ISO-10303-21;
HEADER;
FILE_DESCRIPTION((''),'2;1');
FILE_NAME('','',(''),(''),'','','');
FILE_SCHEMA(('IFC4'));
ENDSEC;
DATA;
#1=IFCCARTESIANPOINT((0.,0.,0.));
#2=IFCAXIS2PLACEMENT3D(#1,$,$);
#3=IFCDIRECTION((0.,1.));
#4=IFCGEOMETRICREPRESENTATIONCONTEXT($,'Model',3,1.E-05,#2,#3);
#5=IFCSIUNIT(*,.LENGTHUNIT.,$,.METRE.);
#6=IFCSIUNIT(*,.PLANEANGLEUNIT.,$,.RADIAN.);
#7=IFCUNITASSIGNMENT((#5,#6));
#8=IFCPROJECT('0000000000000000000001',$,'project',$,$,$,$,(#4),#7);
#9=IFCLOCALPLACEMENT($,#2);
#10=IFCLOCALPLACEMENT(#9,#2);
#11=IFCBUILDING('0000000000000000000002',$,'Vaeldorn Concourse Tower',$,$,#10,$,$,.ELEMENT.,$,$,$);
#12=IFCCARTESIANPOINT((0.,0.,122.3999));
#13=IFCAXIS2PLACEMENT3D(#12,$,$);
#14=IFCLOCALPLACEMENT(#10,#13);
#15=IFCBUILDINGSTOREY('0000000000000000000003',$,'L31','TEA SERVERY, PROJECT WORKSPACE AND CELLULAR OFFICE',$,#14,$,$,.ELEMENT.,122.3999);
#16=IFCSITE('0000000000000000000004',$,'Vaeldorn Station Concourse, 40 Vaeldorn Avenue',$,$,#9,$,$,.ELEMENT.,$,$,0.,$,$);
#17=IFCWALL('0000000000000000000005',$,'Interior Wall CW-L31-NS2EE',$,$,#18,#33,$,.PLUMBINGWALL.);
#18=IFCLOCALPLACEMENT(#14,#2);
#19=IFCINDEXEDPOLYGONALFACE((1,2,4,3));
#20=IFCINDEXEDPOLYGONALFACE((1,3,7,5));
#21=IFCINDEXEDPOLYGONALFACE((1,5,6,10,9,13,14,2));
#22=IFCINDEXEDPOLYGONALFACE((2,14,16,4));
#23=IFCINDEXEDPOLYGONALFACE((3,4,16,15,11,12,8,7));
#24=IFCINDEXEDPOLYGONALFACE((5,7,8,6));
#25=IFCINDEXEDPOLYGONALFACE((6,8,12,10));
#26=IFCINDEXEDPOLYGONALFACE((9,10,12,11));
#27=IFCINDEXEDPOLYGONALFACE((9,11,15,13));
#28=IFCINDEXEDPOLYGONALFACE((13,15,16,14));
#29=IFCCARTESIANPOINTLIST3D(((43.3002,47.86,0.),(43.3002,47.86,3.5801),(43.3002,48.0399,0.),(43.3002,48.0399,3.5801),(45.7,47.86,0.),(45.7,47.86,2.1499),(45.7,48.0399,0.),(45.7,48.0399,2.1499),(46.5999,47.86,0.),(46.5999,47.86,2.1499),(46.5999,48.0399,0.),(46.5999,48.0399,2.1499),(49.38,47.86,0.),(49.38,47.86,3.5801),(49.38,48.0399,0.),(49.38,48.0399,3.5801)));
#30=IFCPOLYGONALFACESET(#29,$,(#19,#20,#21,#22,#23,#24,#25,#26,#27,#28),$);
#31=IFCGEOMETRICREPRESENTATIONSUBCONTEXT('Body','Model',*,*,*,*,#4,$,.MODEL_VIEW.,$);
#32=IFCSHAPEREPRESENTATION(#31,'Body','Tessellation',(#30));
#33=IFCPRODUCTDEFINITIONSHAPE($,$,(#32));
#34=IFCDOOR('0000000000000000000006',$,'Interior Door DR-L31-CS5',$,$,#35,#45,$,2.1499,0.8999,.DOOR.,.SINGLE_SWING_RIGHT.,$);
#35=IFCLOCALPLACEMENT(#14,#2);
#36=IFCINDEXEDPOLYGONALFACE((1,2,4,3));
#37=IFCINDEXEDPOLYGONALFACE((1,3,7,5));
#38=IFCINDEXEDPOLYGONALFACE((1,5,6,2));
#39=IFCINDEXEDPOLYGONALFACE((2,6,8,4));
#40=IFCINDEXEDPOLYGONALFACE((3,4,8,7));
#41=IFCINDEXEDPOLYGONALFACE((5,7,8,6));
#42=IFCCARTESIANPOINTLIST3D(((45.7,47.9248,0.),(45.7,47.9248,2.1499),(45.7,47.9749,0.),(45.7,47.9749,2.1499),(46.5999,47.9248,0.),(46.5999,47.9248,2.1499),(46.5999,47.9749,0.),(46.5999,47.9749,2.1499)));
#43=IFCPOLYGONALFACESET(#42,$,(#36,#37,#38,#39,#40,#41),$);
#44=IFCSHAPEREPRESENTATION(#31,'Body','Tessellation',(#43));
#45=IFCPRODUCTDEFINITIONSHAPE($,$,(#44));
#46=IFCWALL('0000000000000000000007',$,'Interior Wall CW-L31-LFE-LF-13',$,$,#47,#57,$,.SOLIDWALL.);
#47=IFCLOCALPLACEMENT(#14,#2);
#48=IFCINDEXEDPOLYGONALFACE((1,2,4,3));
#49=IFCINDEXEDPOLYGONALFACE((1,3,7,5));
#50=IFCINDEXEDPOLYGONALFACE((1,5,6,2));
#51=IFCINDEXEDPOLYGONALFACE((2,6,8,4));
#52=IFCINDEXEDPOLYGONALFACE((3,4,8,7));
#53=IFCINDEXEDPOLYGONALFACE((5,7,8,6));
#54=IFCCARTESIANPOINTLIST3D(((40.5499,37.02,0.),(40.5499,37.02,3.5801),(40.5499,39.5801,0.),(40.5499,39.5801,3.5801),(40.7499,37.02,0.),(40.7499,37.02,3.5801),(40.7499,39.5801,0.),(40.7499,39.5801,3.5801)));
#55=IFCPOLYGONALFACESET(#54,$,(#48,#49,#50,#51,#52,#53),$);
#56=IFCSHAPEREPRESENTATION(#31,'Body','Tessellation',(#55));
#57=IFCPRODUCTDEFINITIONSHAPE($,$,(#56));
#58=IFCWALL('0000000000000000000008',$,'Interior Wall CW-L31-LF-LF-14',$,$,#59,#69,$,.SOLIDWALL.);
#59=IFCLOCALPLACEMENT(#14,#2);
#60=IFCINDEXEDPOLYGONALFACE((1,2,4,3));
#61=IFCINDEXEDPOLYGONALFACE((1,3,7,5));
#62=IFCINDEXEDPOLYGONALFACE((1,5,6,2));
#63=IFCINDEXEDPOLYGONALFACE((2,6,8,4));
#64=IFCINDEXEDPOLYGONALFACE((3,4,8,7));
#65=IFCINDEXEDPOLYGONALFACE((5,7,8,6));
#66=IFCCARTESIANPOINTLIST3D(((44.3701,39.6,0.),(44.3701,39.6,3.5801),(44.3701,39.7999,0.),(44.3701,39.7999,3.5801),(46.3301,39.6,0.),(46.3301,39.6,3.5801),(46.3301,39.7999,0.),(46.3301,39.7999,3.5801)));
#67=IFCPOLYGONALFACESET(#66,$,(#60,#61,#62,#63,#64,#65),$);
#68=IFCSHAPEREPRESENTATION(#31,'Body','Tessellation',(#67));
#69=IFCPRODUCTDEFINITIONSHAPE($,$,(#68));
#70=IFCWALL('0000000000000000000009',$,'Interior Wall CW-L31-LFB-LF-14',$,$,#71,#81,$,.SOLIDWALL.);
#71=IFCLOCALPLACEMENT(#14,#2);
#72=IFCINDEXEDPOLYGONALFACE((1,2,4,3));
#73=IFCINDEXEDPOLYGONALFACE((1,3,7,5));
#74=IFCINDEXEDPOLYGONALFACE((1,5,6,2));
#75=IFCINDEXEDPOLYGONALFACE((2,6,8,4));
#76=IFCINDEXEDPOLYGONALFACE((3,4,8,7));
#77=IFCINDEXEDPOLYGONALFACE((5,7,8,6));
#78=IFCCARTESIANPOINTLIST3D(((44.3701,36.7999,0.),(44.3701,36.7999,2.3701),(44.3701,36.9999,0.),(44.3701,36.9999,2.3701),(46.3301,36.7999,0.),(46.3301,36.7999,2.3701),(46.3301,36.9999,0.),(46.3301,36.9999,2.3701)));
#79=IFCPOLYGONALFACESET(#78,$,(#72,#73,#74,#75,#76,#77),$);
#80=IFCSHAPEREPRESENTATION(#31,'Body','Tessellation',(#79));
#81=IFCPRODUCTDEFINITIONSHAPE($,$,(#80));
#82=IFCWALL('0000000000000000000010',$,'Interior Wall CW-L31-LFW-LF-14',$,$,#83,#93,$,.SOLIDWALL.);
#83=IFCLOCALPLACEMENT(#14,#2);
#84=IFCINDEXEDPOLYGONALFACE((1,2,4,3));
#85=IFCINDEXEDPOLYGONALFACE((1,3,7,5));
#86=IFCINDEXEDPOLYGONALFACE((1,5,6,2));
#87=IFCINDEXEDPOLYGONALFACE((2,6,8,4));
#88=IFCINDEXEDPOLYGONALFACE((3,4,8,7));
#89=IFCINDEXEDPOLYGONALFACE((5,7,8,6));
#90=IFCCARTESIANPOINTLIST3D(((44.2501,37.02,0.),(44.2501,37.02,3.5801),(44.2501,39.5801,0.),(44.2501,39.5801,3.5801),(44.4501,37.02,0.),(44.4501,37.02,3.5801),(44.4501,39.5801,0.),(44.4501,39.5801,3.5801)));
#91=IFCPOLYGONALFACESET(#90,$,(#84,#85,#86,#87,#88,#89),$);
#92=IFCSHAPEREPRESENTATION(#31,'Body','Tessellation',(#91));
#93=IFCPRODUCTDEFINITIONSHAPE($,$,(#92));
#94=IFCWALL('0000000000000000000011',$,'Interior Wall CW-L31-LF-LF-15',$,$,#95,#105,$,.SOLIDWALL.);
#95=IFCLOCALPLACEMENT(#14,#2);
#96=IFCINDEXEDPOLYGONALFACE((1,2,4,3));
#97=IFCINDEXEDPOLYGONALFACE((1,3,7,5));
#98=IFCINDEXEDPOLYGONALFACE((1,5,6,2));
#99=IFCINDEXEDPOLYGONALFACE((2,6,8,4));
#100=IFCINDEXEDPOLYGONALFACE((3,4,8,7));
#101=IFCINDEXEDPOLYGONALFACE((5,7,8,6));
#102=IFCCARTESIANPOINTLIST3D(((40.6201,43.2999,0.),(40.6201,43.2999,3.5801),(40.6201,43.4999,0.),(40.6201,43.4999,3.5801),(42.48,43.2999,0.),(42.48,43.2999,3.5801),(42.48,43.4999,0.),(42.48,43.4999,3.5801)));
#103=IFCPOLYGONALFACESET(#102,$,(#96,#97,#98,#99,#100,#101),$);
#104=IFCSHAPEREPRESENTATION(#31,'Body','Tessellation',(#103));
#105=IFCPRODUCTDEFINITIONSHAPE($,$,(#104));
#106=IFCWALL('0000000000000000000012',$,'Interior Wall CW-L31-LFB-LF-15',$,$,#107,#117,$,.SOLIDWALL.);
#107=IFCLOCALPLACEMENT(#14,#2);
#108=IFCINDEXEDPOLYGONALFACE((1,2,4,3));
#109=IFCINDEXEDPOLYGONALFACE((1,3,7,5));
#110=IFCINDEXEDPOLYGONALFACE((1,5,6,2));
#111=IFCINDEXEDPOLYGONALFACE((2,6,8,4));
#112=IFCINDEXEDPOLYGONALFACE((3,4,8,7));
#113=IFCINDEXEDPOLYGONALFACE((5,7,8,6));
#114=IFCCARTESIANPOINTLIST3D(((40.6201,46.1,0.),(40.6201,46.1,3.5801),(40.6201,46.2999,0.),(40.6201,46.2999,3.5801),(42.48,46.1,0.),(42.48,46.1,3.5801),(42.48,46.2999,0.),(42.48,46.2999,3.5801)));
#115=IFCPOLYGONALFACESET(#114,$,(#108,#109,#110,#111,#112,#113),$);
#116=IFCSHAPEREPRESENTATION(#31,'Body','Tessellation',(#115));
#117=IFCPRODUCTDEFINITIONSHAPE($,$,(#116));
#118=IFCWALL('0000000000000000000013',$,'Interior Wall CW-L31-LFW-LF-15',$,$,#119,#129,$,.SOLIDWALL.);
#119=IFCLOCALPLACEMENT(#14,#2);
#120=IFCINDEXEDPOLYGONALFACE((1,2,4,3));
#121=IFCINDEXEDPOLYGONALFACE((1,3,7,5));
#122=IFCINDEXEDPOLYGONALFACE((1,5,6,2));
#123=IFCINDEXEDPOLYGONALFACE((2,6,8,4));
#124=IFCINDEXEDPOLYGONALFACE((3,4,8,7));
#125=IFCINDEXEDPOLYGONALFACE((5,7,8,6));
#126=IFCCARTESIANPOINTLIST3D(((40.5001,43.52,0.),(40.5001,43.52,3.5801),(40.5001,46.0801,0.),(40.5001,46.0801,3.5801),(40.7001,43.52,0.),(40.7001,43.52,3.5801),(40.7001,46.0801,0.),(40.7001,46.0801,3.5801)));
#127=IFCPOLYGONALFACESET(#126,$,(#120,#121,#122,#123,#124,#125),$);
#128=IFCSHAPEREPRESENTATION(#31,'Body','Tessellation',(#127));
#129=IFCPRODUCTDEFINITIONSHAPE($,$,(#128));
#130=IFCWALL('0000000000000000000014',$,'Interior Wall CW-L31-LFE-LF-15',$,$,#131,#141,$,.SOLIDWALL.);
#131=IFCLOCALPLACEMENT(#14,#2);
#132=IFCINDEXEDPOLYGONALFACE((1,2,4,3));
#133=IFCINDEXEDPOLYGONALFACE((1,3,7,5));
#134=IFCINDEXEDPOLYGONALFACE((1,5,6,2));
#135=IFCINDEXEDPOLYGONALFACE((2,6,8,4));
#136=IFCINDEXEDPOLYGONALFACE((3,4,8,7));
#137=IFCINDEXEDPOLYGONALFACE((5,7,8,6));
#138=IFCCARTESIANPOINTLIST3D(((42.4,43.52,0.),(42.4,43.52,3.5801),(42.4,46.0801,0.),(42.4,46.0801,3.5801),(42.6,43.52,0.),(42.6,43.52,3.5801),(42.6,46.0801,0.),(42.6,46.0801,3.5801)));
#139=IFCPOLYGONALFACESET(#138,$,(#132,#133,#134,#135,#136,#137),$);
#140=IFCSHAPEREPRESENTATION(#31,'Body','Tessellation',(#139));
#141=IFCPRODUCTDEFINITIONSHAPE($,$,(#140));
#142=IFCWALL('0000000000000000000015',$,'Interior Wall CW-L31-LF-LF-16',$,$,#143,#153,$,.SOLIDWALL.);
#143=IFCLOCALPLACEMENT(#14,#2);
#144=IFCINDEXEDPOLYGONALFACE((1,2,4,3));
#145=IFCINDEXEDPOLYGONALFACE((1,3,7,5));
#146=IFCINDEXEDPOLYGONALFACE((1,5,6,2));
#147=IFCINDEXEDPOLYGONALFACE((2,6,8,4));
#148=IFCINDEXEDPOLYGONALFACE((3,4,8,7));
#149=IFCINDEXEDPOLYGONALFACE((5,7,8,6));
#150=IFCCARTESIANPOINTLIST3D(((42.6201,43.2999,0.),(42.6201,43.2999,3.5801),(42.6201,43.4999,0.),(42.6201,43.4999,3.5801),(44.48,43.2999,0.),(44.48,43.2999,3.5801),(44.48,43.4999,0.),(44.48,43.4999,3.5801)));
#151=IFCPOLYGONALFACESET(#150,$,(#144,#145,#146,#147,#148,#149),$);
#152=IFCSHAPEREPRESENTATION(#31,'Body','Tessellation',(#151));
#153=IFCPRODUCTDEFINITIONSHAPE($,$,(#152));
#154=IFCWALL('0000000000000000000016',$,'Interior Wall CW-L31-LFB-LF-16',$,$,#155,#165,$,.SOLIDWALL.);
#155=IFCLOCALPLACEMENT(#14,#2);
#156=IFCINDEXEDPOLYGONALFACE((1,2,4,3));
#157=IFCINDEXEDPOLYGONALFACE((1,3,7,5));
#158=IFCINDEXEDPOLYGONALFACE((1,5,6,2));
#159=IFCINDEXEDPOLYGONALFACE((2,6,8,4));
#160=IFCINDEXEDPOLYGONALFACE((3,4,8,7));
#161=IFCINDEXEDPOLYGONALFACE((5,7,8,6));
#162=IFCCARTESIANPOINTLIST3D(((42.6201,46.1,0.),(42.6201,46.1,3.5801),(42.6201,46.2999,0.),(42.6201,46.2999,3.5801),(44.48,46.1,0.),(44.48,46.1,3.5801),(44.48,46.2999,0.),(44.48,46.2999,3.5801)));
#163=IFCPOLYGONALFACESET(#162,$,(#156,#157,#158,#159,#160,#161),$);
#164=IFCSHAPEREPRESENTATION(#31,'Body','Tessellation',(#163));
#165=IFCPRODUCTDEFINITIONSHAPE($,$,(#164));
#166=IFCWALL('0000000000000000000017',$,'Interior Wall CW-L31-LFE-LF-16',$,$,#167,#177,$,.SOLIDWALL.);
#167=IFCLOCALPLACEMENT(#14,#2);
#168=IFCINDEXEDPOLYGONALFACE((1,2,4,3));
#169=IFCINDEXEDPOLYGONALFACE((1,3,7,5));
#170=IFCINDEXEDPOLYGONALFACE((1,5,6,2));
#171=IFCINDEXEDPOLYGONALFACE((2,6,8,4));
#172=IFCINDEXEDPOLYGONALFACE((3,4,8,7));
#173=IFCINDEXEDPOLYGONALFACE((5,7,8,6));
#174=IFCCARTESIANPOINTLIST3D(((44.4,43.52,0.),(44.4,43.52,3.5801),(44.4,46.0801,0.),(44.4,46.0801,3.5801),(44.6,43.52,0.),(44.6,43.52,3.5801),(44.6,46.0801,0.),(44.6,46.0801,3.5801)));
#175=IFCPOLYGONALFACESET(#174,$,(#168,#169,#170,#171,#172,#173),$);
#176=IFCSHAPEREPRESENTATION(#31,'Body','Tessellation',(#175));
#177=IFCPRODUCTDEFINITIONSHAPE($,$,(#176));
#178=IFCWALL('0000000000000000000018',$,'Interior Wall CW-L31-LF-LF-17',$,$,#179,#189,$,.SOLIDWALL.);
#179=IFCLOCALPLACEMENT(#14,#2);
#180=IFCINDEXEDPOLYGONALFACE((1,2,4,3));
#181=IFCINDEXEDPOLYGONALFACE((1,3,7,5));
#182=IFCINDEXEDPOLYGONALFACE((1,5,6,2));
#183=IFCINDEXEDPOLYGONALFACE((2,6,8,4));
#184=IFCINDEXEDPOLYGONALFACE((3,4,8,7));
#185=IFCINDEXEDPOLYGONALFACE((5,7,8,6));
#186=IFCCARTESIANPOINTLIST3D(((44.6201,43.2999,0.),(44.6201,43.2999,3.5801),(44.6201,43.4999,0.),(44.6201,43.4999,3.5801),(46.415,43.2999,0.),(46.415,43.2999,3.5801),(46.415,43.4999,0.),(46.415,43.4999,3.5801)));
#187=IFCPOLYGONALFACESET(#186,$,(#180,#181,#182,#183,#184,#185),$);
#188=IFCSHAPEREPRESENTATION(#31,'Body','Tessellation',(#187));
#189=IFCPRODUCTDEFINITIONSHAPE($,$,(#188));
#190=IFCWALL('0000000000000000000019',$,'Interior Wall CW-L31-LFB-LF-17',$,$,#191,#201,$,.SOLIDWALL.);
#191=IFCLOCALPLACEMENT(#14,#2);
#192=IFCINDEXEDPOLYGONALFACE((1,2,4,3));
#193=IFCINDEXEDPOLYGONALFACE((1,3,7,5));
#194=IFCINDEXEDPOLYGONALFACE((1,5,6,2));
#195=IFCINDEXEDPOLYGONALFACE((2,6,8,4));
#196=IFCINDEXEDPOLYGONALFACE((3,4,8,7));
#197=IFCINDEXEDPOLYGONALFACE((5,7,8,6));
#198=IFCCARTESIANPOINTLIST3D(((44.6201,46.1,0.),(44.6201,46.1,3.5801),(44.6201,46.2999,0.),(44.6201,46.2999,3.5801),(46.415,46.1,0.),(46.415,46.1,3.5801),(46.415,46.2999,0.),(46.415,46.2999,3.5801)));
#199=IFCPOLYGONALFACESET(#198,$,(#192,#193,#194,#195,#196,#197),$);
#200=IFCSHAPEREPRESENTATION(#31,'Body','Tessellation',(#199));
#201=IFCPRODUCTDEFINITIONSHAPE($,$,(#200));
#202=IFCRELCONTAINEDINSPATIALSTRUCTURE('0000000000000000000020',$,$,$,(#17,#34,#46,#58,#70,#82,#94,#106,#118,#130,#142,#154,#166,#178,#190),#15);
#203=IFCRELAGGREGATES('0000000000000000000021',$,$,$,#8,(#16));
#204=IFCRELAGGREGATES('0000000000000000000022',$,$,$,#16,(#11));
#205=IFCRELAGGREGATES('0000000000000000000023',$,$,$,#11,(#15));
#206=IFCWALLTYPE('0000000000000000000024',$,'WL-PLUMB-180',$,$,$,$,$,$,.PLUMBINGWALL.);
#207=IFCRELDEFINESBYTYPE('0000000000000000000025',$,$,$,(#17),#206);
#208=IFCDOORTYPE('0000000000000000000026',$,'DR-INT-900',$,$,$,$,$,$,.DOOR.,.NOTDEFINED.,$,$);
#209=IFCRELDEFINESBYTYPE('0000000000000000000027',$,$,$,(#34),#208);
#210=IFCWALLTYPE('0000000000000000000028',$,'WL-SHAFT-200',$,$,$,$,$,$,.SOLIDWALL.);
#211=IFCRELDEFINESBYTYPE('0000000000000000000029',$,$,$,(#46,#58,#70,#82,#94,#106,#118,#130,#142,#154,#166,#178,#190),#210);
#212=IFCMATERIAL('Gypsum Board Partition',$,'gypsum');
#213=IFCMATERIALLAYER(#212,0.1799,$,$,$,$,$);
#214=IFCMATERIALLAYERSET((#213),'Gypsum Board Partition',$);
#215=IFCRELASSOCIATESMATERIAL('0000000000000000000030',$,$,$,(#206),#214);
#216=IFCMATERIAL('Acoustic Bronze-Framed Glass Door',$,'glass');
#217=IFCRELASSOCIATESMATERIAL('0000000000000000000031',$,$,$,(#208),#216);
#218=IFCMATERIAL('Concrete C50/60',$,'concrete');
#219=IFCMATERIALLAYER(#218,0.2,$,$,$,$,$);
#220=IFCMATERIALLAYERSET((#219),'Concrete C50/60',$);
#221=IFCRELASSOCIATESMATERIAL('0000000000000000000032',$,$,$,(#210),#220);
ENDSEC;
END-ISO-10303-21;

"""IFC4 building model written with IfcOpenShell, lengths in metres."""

from ifc_helpers import new_model, si_unit, direction, frame, frame_2d, origin, place, context, subcontext, project, spatial, rectangle, extrude, source, transform, mapped, material, layer, layer_set, type_object, element, fill, save


model = new_model("IFC4")

# Units and contexts
model_context = context("Model", 3, precision=1e-05, world=origin(), true_north=direction((0.0, 1.0)))
body_context = subcontext(model_context, "Body", "Model", "MODEL_VIEW")
ifc_project = project(units=[si_unit("LENGTHUNIT", "METRE"), si_unit("PLANEANGLEUNIT", "RADIAN")], contexts=[model_context])

# Site, building, storey
site_placement = place(None, origin())
site = spatial("IfcSite", under=ifc_project, at=site_placement, Name="Vaeldorn Station Concourse, 40 Vaeldorn Avenue", CompositionType="ELEMENT", RefElevation=0.0)
building_placement = place(site_placement, origin())
building = spatial("IfcBuilding", under=site, at=building_placement, Name="Vaeldorn Concourse Tower", CompositionType="ELEMENT")
storey_placement = place(building_placement, frame((0.0, 0.0, 122.3999)))
storey = spatial("IfcBuildingStorey", under=building, at=storey_placement, Name="L31", Description="TEA SERVERY, PROJECT WORKSPACE AND CELLULAR OFFICE", CompositionType="ELEMENT", Elevation=122.3999)

# Shared definitions
ifc_material_1 = material(Name="Gypsum Board Partition", Category="gypsum")

# Shared definitions
ifc_layer_1 = layer(ifc_material_1, 0.1799)
ifc_layer_set_1 = layer_set([ifc_layer_1], Name="Gypsum Board Partition")
wall_type_1 = type_object("IfcWallType", Name="WL-PLUMB-180", PredefinedType="PLUMBINGWALL", material=ifc_layer_set_1)

# Wall, opening, door
wall_1_placement = place(storey_placement, frame((43.3, 47.95, 0.0), z_axis=(0.0, 0.0, 1.0), x_axis=(1.0, 0.0, 0.0)))
wall_1 = element("IfcWall", 1, at=wall_1_placement, inside=storey, type_object=wall_type_1, Name="Interior Wall CW-L31-NS2EE", PredefinedType="PLUMBINGWALL", context=body_context, shape_type="SweptSolid", body=[
    extrude(rectangle(XDim=6.0798, YDim=0.1799, at=frame_2d((3.04, 0.0))), origin(), (0.0, 0.0, 1.0), 3.5801),
])
opening_1_placement = place(wall_1_placement, frame((2.3999, 0.0, 0.0)))
opening_1 = element("IfcOpeningElement", 2, at=opening_1_placement, cuts=wall_1, PredefinedType="OPENING", context=body_context, shape_type="SweptSolid", body=[
    extrude(rectangle(XDim=0.8999, YDim=2.1499, at=frame_2d((0.45, 1.075))), frame((0.0, 0.1001, 0.0), z_axis=(0.0, -1.0, 0.0), x_axis=(1.0, 0.0, 0.0)), (0.0, 0.0, 1.0), 0.2),
])
ifc_material_2 = material(Name="Acoustic Bronze-Framed Glass Door", Category="glass")
door_type_1 = type_object("IfcDoorType", Name="DR-INT-900", OperationType="NOTDEFINED", PredefinedType="DOOR", material=ifc_material_2)
shared_shape_1 = source(origin(), body_context, "Body", "SweptSolid", [
    extrude(rectangle(XDim=0.8999, YDim=2.1499, at=frame_2d((0.45, 1.075))), frame((0.0, 0.0249, 0.0), z_axis=(0.0, -1.0, 0.0), x_axis=(1.0, 0.0, 0.0)), (0.0, 0.0, 1.0), 0.05),
])
door_1_placement = place(opening_1_placement, origin())
door_1 = element("IfcDoor", 3, at=door_1_placement, inside=storey, type_object=door_type_1, Name="Interior Door DR-L31-CS5", OperationType="SINGLE_SWING_RIGHT", OverallHeight=2.1499, OverallWidth=0.8999, PredefinedType="DOOR", context=body_context, shape_type="MappedRepresentation", body=[
    mapped(shared_shape_1, transform((0.0, 0.0, 0.0), scale=1.0)),
])
fill(opening_1, door_1)
ifc_material_3 = material(Name="Concrete C50/60", Category="concrete")
ifc_layer_2 = layer(ifc_material_3, 0.2)
ifc_layer_set_2 = layer_set([ifc_layer_2], Name="Concrete C50/60")
wall_type_2 = type_object("IfcWallType", Name="WL-SHAFT-200", PredefinedType="SOLIDWALL", material=ifc_layer_set_2)

# Walls
wall_2_placement = place(storey_placement, frame((40.6499, 37.02, 0.0), z_axis=(0.0, 0.0, 1.0), x_axis=(0.0, 1.0, 0.0)))
element("IfcWall", 4, at=wall_2_placement, inside=storey, type_object=wall_type_2, Name="Interior Wall CW-L31-LFE-LF-13", PredefinedType="SOLIDWALL", context=body_context, shape_type="SweptSolid", body=[
    extrude(rectangle(XDim=2.5601, YDim=0.2, at=frame_2d((1.28, 0.0))), origin(), (0.0, 0.0, 1.0), 3.5801),
])
wall_3_placement = place(storey_placement, frame((44.3701, 39.7, 0.0), z_axis=(0.0, 0.0, 1.0), x_axis=(1.0, 0.0, 0.0)))
element("IfcWall", 5, at=wall_3_placement, inside=storey, type_object=wall_type_2, Name="Interior Wall CW-L31-LF-LF-14", PredefinedType="SOLIDWALL", context=body_context, shape_type="SweptSolid", body=[
    extrude(rectangle(XDim=1.96, YDim=0.2, at=frame_2d((0.98, 0.0))), origin(), (0.0, 0.0, 1.0), 3.5801),
])
wall_4_placement = place(storey_placement, frame((44.3701, 36.8999, 0.0), z_axis=(0.0, 0.0, 1.0), x_axis=(1.0, 0.0, 0.0)))
element("IfcWall", 6, at=wall_4_placement, inside=storey, type_object=wall_type_2, Name="Interior Wall CW-L31-LFB-LF-14", PredefinedType="SOLIDWALL", context=body_context, shape_type="SweptSolid", body=[
    extrude(rectangle(XDim=1.96, YDim=0.2, at=frame_2d((0.98, 0.0))), origin(), (0.0, 0.0, 1.0), 2.3701),
])
wall_5_placement = place(storey_placement, frame((44.3501, 37.02, 0.0), z_axis=(0.0, 0.0, 1.0), x_axis=(0.0, 1.0, 0.0)))
element("IfcWall", 7, at=wall_5_placement, inside=storey, type_object=wall_type_2, Name="Interior Wall CW-L31-LFW-LF-14", PredefinedType="SOLIDWALL", context=body_context, shape_type="SweptSolid", body=[
    extrude(rectangle(XDim=2.5601, YDim=0.2, at=frame_2d((1.28, 0.0))), origin(), (0.0, 0.0, 1.0), 3.5801),
])
for number, where, z_axis, x_axis, name in (
    (8, (40.6201, 43.3999, 0.0), (0.0, 0.0, 1.0), (1.0, 0.0, 0.0), "Interior Wall CW-L31-LF-LF-15"),
    (9, (40.6201, 46.2, 0.0), (0.0, 0.0, 1.0), (1.0, 0.0, 0.0), "Interior Wall CW-L31-LFB-LF-15"),
):
    element("IfcWall", number, at=place(storey_placement, frame(where, z_axis=z_axis, x_axis=x_axis)), inside=storey, type_object=wall_type_2, Name=name, PredefinedType="SOLIDWALL", context=body_context, shape_type="SweptSolid", body=[
        extrude(rectangle(XDim=1.8599, YDim=0.2, at=frame_2d((0.9299, 0.0))), origin(), (0.0, 0.0, 1.0), 3.5801),
    ])
for number, where, z_axis, x_axis, name in (
    (10, (40.6001, 43.52, 0.0), (0.0, 0.0, 1.0), (0.0, 1.0, 0.0), "Interior Wall CW-L31-LFW-LF-15"),
    (11, (42.5, 43.52, 0.0), (0.0, 0.0, 1.0), (0.0, 1.0, 0.0), "Interior Wall CW-L31-LFE-LF-15"),
):
    element("IfcWall", number, at=place(storey_placement, frame(where, z_axis=z_axis, x_axis=x_axis)), inside=storey, type_object=wall_type_2, Name=name, PredefinedType="SOLIDWALL", context=body_context, shape_type="SweptSolid", body=[
        extrude(rectangle(XDim=2.5601, YDim=0.2, at=frame_2d((1.28, 0.0))), origin(), (0.0, 0.0, 1.0), 3.5801),
    ])
for number, where, z_axis, x_axis, name in (
    (12, (42.6201, 43.3999, 0.0), (0.0, 0.0, 1.0), (1.0, 0.0, 0.0), "Interior Wall CW-L31-LF-LF-16"),
    (13, (42.6201, 46.2, 0.0), (0.0, 0.0, 1.0), (1.0, 0.0, 0.0), "Interior Wall CW-L31-LFB-LF-16"),
):
    element("IfcWall", number, at=place(storey_placement, frame(where, z_axis=z_axis, x_axis=x_axis)), inside=storey, type_object=wall_type_2, Name=name, PredefinedType="SOLIDWALL", context=body_context, shape_type="SweptSolid", body=[
        extrude(rectangle(XDim=1.8599, YDim=0.2, at=frame_2d((0.9299, 0.0))), origin(), (0.0, 0.0, 1.0), 3.5801),
    ])
wall_6_placement = place(storey_placement, frame((44.5, 43.52, 0.0), z_axis=(0.0, 0.0, 1.0), x_axis=(0.0, 1.0, 0.0)))
element("IfcWall", 14, at=wall_6_placement, inside=storey, type_object=wall_type_2, Name="Interior Wall CW-L31-LFE-LF-16", PredefinedType="SOLIDWALL", context=body_context, shape_type="SweptSolid", body=[
    extrude(rectangle(XDim=2.5601, YDim=0.2, at=frame_2d((1.28, 0.0))), origin(), (0.0, 0.0, 1.0), 3.5801),
])
for number, where, z_axis, x_axis, name in (
    (15, (44.6201, 43.3999, 0.0), (0.0, 0.0, 1.0), (1.0, 0.0, 0.0), "Interior Wall CW-L31-LF-LF-17"),
    (16, (44.6201, 46.2, 0.0), (0.0, 0.0, 1.0), (1.0, 0.0, 0.0), "Interior Wall CW-L31-LFB-LF-17"),
):
    element("IfcWall", number, at=place(storey_placement, frame(where, z_axis=z_axis, x_axis=x_axis)), inside=storey, type_object=wall_type_2, Name=name, PredefinedType="SOLIDWALL", context=body_context, shape_type="SweptSolid", body=[
        extrude(rectangle(XDim=1.7949, YDim=0.2, at=frame_2d((0.8975, 0.0))), origin(), (0.0, 0.0, 1.0), 3.5801),
    ])

save(model, "model.ifc")
